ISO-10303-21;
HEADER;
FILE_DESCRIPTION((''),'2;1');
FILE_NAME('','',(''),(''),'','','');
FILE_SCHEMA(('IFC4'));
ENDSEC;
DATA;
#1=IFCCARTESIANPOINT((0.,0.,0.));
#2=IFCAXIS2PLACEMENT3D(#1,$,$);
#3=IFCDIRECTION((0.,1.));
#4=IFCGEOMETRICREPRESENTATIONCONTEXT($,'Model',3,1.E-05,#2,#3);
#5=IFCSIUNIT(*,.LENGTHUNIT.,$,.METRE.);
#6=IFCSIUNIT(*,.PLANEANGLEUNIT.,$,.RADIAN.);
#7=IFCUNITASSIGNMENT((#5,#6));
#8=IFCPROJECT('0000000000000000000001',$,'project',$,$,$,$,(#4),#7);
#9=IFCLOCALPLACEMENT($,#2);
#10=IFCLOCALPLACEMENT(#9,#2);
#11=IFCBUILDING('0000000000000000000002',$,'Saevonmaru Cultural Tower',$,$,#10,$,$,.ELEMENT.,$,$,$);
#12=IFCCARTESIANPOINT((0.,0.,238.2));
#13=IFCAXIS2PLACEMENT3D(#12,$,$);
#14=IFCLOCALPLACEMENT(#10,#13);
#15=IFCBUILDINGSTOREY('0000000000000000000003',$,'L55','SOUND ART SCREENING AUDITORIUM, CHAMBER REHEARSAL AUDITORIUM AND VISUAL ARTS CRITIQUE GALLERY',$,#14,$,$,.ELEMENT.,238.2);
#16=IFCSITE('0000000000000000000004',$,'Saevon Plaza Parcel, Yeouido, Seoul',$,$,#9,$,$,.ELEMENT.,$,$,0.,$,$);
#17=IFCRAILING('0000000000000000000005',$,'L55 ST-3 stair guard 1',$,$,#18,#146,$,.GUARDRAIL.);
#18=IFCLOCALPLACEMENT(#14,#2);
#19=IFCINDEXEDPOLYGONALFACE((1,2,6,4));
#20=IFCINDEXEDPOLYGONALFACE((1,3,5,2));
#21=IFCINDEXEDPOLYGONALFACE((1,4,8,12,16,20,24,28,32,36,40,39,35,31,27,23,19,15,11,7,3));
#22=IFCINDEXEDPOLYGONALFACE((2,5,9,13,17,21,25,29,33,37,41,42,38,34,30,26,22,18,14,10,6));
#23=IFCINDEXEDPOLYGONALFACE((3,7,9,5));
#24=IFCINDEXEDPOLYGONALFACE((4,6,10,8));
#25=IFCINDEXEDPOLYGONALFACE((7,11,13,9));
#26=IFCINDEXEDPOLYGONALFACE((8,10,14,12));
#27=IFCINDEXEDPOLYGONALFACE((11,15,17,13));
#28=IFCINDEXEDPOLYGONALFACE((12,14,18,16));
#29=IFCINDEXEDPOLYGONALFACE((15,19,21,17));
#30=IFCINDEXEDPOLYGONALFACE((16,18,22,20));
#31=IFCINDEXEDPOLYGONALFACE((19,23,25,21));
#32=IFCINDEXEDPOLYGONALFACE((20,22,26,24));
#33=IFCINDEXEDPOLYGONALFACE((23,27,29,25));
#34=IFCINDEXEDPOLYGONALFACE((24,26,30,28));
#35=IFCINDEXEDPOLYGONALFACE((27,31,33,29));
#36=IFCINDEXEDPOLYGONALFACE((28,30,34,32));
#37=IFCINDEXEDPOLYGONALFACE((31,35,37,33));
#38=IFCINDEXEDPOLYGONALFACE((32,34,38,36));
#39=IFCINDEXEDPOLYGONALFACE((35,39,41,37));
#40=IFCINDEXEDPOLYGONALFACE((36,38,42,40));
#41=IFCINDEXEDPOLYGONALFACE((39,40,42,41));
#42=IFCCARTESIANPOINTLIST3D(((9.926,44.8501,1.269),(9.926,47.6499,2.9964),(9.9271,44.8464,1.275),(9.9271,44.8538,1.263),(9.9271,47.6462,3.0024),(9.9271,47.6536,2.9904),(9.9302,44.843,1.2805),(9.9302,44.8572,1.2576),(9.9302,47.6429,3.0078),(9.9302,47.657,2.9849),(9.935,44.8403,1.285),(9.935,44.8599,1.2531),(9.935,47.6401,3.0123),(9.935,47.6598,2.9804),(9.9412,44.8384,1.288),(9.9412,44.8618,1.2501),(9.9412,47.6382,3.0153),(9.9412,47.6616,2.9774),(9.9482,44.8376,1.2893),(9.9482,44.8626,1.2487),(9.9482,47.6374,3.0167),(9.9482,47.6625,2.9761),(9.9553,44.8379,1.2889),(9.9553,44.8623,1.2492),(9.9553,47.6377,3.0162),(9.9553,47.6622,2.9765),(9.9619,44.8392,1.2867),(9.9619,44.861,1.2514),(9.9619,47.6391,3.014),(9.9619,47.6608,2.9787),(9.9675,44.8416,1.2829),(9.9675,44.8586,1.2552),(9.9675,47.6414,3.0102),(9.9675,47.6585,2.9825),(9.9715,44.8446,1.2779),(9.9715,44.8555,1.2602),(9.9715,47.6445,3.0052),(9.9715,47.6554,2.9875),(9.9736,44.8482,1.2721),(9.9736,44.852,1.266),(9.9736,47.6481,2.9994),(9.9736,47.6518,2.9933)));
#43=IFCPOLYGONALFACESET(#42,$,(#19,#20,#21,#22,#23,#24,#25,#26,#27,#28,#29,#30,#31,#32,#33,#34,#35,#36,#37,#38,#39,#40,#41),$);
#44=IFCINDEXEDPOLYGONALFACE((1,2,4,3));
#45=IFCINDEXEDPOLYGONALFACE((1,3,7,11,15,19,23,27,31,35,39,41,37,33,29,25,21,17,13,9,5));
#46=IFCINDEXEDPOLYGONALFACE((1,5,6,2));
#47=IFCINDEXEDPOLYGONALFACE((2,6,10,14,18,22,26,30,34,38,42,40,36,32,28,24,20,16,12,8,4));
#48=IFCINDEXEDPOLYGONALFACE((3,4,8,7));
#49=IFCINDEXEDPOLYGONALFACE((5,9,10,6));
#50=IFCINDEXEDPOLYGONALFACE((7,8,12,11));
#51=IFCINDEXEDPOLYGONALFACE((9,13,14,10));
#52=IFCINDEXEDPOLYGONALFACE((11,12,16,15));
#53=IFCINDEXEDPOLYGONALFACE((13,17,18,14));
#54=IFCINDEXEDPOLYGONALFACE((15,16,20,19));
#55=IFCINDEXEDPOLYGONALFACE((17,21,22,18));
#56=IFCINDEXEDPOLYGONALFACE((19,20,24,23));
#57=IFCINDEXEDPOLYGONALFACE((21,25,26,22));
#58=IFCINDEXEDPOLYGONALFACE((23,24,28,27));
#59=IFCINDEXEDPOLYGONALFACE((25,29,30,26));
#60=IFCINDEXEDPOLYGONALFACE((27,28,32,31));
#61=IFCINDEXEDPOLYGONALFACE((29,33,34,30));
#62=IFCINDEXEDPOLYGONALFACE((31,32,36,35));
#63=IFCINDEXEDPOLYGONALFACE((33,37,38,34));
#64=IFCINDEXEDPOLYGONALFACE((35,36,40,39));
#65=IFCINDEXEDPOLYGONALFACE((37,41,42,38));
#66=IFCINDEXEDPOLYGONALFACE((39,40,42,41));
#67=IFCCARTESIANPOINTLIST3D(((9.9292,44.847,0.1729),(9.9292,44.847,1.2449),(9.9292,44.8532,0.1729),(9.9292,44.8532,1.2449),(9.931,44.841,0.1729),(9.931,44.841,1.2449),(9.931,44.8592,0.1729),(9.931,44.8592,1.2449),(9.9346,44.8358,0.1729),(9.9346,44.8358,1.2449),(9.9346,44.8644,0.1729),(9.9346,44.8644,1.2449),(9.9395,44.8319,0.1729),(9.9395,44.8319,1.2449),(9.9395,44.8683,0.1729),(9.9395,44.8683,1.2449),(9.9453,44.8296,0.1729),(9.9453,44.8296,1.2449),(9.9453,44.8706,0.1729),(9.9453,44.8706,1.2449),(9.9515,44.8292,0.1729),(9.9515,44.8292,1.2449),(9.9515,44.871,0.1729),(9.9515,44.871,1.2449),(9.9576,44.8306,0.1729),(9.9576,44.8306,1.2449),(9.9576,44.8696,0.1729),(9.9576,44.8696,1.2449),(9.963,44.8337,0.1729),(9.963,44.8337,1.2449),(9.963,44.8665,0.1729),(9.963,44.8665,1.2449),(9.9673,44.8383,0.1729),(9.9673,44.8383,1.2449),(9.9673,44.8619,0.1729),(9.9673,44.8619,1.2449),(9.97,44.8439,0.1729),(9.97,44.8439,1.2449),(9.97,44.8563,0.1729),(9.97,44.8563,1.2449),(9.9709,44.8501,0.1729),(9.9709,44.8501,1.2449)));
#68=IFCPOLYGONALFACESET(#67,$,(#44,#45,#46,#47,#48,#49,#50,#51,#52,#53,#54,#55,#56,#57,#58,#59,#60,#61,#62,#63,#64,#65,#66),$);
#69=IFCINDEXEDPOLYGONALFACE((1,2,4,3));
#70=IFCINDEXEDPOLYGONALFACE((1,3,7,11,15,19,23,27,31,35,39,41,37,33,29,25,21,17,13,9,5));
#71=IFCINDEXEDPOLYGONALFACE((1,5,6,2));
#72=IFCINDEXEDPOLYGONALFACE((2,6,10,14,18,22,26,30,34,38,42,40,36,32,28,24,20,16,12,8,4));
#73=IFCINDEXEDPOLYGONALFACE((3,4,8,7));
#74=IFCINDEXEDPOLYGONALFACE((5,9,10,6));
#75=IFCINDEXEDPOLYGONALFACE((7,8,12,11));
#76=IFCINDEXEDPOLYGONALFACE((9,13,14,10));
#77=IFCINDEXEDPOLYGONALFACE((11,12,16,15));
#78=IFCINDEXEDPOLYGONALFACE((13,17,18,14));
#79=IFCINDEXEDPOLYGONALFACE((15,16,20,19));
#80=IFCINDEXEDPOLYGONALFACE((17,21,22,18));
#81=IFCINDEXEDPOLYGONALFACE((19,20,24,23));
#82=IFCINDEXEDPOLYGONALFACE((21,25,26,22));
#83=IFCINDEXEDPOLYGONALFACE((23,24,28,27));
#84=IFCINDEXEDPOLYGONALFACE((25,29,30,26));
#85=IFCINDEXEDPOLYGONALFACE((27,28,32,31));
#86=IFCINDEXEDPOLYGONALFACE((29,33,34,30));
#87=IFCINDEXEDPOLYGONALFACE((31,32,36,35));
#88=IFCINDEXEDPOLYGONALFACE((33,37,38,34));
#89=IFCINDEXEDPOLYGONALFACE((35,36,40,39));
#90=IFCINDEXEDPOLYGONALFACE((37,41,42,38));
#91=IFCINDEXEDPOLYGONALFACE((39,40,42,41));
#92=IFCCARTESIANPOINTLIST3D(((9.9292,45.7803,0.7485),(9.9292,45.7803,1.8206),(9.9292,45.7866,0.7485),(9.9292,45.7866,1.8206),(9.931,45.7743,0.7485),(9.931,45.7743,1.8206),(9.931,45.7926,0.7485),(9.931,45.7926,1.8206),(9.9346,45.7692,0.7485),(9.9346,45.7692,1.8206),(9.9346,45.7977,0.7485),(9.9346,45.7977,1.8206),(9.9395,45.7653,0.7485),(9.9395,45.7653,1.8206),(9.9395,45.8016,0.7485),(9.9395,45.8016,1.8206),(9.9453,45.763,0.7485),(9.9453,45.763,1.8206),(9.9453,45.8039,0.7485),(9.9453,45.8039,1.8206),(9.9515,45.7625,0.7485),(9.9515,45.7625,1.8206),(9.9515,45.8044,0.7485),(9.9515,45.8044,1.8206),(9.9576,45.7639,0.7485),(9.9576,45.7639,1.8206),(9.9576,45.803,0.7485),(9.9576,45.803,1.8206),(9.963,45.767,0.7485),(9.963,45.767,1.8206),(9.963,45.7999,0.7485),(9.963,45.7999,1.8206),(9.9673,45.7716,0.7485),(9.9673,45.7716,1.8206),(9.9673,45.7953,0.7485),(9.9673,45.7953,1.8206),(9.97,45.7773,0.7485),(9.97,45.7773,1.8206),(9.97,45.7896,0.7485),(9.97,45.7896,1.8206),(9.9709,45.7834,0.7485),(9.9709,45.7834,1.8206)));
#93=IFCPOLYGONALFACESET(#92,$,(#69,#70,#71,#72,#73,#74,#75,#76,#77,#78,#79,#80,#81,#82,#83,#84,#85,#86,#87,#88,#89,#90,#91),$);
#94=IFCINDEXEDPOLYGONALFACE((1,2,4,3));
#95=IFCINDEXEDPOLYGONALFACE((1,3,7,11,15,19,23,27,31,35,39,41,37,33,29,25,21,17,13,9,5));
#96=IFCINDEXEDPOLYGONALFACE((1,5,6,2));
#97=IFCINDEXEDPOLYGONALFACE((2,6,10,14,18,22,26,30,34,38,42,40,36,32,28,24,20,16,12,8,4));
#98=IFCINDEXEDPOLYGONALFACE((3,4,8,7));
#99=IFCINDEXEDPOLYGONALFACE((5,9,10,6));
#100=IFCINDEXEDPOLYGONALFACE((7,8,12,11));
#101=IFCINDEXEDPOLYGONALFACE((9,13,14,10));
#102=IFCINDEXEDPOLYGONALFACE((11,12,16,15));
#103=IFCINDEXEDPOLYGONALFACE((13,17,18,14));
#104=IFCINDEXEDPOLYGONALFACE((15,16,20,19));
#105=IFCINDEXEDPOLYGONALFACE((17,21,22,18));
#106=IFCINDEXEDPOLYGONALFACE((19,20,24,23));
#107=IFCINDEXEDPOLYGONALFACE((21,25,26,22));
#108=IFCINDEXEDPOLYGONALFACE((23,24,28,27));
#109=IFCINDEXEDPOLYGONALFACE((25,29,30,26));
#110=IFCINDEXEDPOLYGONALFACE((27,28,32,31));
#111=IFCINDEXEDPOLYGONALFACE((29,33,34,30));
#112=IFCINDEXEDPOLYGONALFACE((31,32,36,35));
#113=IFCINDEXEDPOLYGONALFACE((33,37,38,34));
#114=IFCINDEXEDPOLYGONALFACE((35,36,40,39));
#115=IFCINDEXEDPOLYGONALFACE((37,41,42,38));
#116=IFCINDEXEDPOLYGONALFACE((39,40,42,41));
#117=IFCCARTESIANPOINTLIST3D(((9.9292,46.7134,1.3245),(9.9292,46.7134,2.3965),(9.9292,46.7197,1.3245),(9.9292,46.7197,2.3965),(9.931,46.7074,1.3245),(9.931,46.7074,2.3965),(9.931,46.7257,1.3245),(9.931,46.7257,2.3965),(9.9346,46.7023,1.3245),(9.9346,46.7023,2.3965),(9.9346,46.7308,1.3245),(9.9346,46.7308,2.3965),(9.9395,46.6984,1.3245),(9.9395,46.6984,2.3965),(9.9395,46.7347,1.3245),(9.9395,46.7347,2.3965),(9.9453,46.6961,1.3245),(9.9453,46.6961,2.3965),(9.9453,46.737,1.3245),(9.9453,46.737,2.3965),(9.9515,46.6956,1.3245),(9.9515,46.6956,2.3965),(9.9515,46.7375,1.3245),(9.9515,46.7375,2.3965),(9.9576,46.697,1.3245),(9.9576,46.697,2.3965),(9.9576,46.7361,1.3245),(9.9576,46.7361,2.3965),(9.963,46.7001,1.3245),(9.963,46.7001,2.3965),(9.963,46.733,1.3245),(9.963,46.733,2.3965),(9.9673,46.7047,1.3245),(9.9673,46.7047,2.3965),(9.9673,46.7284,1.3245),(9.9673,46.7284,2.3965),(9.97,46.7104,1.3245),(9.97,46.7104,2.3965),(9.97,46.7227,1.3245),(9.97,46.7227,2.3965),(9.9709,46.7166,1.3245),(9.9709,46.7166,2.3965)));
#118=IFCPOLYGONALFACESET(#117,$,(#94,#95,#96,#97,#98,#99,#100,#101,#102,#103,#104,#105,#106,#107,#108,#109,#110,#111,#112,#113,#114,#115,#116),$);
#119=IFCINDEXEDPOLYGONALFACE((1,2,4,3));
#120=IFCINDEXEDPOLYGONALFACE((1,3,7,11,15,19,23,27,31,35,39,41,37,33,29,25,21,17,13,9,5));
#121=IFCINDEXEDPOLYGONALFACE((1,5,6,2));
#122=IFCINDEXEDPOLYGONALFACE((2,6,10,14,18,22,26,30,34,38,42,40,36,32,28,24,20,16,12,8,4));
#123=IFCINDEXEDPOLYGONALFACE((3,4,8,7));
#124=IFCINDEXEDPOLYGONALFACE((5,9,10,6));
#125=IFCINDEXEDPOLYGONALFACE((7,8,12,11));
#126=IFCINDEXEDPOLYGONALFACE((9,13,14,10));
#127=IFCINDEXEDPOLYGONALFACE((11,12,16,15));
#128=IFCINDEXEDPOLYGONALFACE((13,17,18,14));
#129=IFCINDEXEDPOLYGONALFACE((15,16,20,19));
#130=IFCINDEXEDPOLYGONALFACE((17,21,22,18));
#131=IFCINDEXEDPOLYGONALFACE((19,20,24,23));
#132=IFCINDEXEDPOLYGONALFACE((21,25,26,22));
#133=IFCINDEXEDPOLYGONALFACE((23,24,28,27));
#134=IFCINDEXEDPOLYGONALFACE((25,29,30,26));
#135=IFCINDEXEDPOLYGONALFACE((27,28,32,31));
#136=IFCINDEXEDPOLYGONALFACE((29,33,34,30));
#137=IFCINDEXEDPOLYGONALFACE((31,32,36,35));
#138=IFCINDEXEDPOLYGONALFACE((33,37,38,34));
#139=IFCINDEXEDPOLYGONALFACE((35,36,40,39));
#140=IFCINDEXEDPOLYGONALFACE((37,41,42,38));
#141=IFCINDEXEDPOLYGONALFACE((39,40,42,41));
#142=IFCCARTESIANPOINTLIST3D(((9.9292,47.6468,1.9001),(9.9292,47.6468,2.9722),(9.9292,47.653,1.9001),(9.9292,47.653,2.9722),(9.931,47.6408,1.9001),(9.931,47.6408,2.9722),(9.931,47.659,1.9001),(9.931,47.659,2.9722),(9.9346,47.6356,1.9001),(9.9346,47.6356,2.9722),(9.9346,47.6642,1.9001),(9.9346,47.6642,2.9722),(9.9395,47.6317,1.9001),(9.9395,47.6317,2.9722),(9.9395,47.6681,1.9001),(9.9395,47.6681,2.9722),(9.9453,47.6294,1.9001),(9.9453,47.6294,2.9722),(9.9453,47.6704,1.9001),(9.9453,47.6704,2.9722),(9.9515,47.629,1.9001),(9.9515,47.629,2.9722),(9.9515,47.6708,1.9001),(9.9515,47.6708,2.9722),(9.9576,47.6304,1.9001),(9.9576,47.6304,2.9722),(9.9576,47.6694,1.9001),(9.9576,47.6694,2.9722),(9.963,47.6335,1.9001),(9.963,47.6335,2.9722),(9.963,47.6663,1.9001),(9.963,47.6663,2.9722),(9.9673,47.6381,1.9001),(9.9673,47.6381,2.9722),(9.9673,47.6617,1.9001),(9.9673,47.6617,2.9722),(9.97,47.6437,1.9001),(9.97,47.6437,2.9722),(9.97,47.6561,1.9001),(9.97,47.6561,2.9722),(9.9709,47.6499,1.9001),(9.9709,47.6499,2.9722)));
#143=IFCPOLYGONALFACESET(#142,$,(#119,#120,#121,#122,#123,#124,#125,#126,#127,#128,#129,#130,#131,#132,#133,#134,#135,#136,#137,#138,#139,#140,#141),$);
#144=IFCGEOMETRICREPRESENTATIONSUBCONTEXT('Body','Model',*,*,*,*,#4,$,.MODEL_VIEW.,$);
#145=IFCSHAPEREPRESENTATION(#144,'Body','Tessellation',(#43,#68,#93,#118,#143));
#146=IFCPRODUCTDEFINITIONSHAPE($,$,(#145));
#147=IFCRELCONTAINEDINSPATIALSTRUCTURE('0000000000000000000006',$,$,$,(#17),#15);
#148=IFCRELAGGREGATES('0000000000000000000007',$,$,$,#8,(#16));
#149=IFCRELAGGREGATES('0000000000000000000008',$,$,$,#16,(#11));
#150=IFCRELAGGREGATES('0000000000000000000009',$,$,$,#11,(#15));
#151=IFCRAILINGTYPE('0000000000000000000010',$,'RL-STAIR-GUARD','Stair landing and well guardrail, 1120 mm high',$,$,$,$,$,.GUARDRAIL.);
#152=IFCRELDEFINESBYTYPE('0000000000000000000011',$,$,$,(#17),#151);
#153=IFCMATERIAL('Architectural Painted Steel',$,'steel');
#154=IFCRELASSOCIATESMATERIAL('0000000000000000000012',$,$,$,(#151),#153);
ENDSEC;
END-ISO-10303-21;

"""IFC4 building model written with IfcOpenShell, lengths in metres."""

from ifc_helpers import new_model, si_unit, direction, frame, origin, origin_2d, place, context, subcontext, project, spatial, circle, extrude, material, type_object, element, save


model = new_model("IFC4")

# Units and contexts
model_context = context("Model", 3, precision=1e-05, world=origin(), true_north=direction((0.0, 1.0)))
body_context = subcontext(model_context, "Body", "Model", "MODEL_VIEW")
ifc_project = project(units=[si_unit("LENGTHUNIT", "METRE"), si_unit("PLANEANGLEUNIT", "RADIAN")], contexts=[model_context])

# Site, building, storey
site_placement = place(None, origin())
site = spatial("IfcSite", under=ifc_project, at=site_placement, Name="Saevon Plaza Parcel, Yeouido, Seoul", CompositionType="ELEMENT", RefElevation=0.0)
building_placement = place(site_placement, origin())
building = spatial("IfcBuilding", under=site, at=building_placement, Name="Saevonmaru Cultural Tower", CompositionType="ELEMENT")
storey_placement = place(building_placement, frame((0.0, 0.0, 238.2)))
storey = spatial("IfcBuildingStorey", under=building, at=storey_placement, Name="L55", Description="SOUND ART SCREENING AUDITORIUM, CHAMBER REHEARSAL AUDITORIUM AND VISUAL ARTS CRITIQUE GALLERY", CompositionType="ELEMENT", Elevation=238.2)

# Railing
ifc_material_1 = material(Name="Architectural Painted Steel", Category="steel")
railing_type_1 = type_object("IfcRailingType", Name="RL-STAIR-GUARD", Description="Stair landing and well guardrail, 1120 mm high", PredefinedType="GUARDRAIL", material=ifc_material_1)
railing_1_placement = place(storey_placement, frame((9.95, 44.8501, 0.1729)))
element("IfcRailing", 1, at=railing_1_placement, inside=storey, type_object=railing_type_1, Name="L55 ST-3 stair guard 1", PredefinedType="GUARDRAIL", context=body_context, shape_type="SweptSolid", body=[
    extrude(circle(Radius=0.0239, at=origin_2d()), frame((0.0, 0.0, 1.0962), z_axis=(0.0, 0.851069, 0.525054), x_axis=(-1.0, 0.0, 0.0)), (0.0, 0.0, 1.0), 3.2898),
    extrude(circle(Radius=0.021, at=origin_2d()), origin(), (0.0, 0.0, 1.0), 1.072),
    extrude(circle(Radius=0.021, at=origin_2d()), frame((0.0, 0.9333, 0.5757)), (0.0, 0.0, 1.0), 1.072),
    extrude(circle(Radius=0.021, at=origin_2d()), frame((0.0, 1.8665, 1.1516)), (0.0, 0.0, 1.0), 1.072),
    extrude(circle(Radius=0.021, at=origin_2d()), frame((0.0, 2.7998, 1.7273)), (0.0, 0.0, 1.0), 1.072),
])

save(model, "model.ifc")
